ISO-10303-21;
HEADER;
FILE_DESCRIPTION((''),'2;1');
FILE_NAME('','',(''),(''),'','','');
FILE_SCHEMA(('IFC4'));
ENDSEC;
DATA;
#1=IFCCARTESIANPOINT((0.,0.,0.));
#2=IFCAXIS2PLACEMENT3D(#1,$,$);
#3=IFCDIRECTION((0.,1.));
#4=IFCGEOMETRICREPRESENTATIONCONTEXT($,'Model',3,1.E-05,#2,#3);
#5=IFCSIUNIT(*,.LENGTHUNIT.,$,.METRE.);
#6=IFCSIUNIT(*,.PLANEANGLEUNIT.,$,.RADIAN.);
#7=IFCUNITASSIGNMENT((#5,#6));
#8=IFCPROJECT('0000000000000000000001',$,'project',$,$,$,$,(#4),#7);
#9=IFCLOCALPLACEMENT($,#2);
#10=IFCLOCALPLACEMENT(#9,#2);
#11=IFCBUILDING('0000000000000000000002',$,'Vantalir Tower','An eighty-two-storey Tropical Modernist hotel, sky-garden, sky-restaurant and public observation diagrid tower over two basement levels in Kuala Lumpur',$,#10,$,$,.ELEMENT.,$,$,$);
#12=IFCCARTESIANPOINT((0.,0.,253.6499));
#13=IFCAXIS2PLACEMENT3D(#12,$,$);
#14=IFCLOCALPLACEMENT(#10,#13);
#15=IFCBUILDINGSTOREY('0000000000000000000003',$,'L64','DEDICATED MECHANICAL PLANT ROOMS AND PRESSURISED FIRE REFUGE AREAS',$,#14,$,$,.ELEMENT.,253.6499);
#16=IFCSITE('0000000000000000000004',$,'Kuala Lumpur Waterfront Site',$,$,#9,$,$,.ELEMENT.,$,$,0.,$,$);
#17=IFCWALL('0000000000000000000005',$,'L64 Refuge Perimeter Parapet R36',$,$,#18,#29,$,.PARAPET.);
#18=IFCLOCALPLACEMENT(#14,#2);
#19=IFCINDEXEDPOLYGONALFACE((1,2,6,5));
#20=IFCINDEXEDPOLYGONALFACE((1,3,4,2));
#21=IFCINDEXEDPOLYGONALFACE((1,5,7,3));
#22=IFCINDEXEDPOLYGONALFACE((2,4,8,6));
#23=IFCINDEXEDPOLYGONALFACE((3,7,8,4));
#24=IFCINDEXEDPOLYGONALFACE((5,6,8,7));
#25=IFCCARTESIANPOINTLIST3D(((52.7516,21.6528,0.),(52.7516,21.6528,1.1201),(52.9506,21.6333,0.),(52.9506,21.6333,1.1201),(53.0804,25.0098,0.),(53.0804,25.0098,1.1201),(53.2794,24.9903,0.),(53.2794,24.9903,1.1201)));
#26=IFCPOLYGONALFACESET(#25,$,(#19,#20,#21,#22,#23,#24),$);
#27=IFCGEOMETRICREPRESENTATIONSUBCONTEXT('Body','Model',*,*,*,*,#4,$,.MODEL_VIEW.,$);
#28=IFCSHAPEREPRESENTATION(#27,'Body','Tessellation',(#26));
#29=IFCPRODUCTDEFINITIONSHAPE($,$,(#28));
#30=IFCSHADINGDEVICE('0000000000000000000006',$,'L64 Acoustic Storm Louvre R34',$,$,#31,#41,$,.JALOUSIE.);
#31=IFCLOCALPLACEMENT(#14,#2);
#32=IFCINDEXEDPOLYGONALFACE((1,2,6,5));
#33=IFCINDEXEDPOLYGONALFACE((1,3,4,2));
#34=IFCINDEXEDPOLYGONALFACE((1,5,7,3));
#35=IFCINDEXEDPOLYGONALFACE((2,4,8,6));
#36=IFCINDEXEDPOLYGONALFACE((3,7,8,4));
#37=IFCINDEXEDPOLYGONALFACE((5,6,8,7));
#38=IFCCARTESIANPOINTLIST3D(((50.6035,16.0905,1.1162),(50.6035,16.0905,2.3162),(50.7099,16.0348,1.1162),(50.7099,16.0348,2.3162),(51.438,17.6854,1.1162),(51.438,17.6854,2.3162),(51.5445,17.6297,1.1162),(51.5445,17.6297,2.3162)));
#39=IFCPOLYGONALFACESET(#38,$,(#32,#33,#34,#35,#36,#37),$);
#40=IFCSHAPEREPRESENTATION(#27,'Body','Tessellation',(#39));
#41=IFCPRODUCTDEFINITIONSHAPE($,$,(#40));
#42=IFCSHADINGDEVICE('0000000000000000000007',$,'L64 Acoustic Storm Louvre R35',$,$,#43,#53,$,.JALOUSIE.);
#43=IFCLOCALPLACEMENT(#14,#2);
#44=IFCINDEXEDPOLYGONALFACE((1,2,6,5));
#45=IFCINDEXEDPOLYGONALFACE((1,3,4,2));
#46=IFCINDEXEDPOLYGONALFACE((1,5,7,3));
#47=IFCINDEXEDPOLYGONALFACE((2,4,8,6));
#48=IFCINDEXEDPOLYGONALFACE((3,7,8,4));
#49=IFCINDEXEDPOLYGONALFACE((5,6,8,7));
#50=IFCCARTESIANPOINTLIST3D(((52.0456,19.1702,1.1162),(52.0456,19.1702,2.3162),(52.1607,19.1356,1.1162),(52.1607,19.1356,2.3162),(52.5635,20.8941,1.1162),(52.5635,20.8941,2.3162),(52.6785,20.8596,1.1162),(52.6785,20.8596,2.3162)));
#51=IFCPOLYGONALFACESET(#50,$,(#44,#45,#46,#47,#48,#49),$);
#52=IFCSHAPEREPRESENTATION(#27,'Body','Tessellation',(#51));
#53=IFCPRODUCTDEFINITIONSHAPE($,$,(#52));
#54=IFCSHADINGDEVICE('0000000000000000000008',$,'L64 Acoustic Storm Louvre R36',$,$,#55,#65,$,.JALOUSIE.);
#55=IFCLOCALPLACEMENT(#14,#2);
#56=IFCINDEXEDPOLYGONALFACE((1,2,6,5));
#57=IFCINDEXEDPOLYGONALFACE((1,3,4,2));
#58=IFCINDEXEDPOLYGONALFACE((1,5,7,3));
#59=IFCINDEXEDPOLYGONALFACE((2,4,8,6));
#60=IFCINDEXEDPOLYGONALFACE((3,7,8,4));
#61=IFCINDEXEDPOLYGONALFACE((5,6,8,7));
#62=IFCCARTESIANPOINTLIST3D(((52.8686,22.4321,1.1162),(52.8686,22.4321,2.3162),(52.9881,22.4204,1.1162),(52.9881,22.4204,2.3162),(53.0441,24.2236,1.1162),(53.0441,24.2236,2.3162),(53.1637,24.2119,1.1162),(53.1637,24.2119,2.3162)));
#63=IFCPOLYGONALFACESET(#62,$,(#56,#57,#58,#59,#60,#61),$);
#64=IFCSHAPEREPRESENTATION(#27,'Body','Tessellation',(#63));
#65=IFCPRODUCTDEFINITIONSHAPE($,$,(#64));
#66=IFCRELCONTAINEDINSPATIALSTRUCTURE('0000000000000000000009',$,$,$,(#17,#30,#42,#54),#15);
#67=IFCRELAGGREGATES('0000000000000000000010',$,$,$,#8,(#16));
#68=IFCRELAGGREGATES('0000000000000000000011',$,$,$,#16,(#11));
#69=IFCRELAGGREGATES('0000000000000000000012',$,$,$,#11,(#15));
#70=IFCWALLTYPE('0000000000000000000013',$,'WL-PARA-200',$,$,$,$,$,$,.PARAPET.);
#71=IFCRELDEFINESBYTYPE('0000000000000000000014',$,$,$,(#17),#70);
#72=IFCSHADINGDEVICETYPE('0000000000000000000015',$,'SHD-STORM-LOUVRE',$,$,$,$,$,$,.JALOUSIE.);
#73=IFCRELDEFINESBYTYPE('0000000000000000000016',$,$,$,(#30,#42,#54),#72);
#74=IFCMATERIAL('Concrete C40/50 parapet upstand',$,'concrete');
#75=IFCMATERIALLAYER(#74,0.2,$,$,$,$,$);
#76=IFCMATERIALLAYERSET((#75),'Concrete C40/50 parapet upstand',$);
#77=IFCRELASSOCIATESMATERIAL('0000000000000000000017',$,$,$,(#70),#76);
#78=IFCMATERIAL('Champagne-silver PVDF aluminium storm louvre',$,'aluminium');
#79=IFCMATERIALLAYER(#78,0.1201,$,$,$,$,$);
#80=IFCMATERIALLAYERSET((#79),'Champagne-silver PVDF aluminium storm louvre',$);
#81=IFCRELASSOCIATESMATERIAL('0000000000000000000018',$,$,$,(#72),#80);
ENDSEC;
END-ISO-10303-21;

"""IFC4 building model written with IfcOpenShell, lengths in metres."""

from ifc_helpers import new_model, si_unit, direction, frame, frame_2d, origin, origin_2d, place, context, subcontext, project, spatial, rectangle, extrude, material, layer, layer_set, type_object, element, save


model = new_model("IFC4")

# Units and contexts
model_context = context("Model", 3, precision=1e-05, world=origin(), true_north=direction((0.0, 1.0)))
body_context = subcontext(model_context, "Body", "Model", "MODEL_VIEW")
ifc_project = project(units=[si_unit("LENGTHUNIT", "METRE"), si_unit("PLANEANGLEUNIT", "RADIAN")], contexts=[model_context])

# Site, building, storey
site_placement = place(None, origin())
site = spatial("IfcSite", under=ifc_project, at=site_placement, Name="Kuala Lumpur Waterfront Site", CompositionType="ELEMENT", RefElevation=0.0)
building_placement = place(site_placement, origin())
building = spatial("IfcBuilding", under=site, at=building_placement, Name="Vantalir Tower", Description="An eighty-two-storey Tropical Modernist hotel, sky-garden, sky-restaurant and public observation diagrid tower over two basement levels in Kuala Lumpur", CompositionType="ELEMENT")
storey_placement = place(building_placement, frame((0.0, 0.0, 253.6499)))
storey = spatial("IfcBuildingStorey", under=building, at=storey_placement, Name="L64", Description="DEDICATED MECHANICAL PLANT ROOMS AND PRESSURISED FIRE REFUGE AREAS", CompositionType="ELEMENT", Elevation=253.6499)

# Wall
ifc_material_1 = material(Name="Concrete C40/50 parapet upstand", Category="concrete")
ifc_layer_1 = layer(ifc_material_1, 0.2)
ifc_layer_set_1 = layer_set([ifc_layer_1], Name="Concrete C40/50 parapet upstand")
wall_type_1 = type_object("IfcWallType", Name="WL-PARA-200", PredefinedType="PARAPET", material=ifc_layer_set_1)
wall_1_placement = place(storey_placement, frame((52.8511, 21.6431, 0.0), z_axis=(0.0, 0.0, 1.0), x_axis=(0.097497, 0.995236, 0.0)))
element("IfcWall", 1, at=wall_1_placement, inside=storey, type_object=wall_type_1, Name="L64 Refuge Perimeter Parapet R36", PredefinedType="PARAPET", context=body_context, shape_type="SweptSolid", body=[
    extrude(rectangle(XDim=3.373, YDim=0.2, at=frame_2d((1.6865, 0.0))), origin(), (0.0, 0.0, 1.0), 1.1201),
])

# Shading devices
ifc_material_2 = material(Name="Champagne-silver PVDF aluminium storm louvre", Category="aluminium")
ifc_layer_2 = layer(ifc_material_2, 0.1201)
ifc_layer_set_2 = layer_set([ifc_layer_2], Name="Champagne-silver PVDF aluminium storm louvre")
shading_device_type = type_object("IfcShadingDeviceType", Name="SHD-STORM-LOUVRE", PredefinedType="JALOUSIE", material=ifc_layer_set_2)
for number, where, z_axis, x_axis, name in (
    (2, (51.074, 16.8601, 1.1162), (0.0, 0.0, 1.0), (0.463621, 0.886034, 0.0), "L64 Acoustic Storm Louvre R34"),
    (3, (52.3621, 20.0149, 1.1162), (0.0, 0.0, 1.0), (0.287678, 0.957727, 0.0), "L64 Acoustic Storm Louvre R35"),
    (4, (53.0161, 23.322, 1.1162), (0.0, 0.0, 1.0), (0.097531, 0.995233, 0.0), "L64 Acoustic Storm Louvre R36"),
):
    element("IfcShadingDevice", number, at=place(storey_placement, frame(where, z_axis=z_axis, x_axis=x_axis)), inside=storey, type_object=shading_device_type, Name=name, PredefinedType="JALOUSIE", context=body_context, shape_type="SweptSolid", body=[
        extrude(rectangle(XDim=1.8, YDim=0.1201, at=origin_2d()), origin(), (0.0, 0.0, 1.0), 1.2),
    ])

save(model, "model.ifc")
